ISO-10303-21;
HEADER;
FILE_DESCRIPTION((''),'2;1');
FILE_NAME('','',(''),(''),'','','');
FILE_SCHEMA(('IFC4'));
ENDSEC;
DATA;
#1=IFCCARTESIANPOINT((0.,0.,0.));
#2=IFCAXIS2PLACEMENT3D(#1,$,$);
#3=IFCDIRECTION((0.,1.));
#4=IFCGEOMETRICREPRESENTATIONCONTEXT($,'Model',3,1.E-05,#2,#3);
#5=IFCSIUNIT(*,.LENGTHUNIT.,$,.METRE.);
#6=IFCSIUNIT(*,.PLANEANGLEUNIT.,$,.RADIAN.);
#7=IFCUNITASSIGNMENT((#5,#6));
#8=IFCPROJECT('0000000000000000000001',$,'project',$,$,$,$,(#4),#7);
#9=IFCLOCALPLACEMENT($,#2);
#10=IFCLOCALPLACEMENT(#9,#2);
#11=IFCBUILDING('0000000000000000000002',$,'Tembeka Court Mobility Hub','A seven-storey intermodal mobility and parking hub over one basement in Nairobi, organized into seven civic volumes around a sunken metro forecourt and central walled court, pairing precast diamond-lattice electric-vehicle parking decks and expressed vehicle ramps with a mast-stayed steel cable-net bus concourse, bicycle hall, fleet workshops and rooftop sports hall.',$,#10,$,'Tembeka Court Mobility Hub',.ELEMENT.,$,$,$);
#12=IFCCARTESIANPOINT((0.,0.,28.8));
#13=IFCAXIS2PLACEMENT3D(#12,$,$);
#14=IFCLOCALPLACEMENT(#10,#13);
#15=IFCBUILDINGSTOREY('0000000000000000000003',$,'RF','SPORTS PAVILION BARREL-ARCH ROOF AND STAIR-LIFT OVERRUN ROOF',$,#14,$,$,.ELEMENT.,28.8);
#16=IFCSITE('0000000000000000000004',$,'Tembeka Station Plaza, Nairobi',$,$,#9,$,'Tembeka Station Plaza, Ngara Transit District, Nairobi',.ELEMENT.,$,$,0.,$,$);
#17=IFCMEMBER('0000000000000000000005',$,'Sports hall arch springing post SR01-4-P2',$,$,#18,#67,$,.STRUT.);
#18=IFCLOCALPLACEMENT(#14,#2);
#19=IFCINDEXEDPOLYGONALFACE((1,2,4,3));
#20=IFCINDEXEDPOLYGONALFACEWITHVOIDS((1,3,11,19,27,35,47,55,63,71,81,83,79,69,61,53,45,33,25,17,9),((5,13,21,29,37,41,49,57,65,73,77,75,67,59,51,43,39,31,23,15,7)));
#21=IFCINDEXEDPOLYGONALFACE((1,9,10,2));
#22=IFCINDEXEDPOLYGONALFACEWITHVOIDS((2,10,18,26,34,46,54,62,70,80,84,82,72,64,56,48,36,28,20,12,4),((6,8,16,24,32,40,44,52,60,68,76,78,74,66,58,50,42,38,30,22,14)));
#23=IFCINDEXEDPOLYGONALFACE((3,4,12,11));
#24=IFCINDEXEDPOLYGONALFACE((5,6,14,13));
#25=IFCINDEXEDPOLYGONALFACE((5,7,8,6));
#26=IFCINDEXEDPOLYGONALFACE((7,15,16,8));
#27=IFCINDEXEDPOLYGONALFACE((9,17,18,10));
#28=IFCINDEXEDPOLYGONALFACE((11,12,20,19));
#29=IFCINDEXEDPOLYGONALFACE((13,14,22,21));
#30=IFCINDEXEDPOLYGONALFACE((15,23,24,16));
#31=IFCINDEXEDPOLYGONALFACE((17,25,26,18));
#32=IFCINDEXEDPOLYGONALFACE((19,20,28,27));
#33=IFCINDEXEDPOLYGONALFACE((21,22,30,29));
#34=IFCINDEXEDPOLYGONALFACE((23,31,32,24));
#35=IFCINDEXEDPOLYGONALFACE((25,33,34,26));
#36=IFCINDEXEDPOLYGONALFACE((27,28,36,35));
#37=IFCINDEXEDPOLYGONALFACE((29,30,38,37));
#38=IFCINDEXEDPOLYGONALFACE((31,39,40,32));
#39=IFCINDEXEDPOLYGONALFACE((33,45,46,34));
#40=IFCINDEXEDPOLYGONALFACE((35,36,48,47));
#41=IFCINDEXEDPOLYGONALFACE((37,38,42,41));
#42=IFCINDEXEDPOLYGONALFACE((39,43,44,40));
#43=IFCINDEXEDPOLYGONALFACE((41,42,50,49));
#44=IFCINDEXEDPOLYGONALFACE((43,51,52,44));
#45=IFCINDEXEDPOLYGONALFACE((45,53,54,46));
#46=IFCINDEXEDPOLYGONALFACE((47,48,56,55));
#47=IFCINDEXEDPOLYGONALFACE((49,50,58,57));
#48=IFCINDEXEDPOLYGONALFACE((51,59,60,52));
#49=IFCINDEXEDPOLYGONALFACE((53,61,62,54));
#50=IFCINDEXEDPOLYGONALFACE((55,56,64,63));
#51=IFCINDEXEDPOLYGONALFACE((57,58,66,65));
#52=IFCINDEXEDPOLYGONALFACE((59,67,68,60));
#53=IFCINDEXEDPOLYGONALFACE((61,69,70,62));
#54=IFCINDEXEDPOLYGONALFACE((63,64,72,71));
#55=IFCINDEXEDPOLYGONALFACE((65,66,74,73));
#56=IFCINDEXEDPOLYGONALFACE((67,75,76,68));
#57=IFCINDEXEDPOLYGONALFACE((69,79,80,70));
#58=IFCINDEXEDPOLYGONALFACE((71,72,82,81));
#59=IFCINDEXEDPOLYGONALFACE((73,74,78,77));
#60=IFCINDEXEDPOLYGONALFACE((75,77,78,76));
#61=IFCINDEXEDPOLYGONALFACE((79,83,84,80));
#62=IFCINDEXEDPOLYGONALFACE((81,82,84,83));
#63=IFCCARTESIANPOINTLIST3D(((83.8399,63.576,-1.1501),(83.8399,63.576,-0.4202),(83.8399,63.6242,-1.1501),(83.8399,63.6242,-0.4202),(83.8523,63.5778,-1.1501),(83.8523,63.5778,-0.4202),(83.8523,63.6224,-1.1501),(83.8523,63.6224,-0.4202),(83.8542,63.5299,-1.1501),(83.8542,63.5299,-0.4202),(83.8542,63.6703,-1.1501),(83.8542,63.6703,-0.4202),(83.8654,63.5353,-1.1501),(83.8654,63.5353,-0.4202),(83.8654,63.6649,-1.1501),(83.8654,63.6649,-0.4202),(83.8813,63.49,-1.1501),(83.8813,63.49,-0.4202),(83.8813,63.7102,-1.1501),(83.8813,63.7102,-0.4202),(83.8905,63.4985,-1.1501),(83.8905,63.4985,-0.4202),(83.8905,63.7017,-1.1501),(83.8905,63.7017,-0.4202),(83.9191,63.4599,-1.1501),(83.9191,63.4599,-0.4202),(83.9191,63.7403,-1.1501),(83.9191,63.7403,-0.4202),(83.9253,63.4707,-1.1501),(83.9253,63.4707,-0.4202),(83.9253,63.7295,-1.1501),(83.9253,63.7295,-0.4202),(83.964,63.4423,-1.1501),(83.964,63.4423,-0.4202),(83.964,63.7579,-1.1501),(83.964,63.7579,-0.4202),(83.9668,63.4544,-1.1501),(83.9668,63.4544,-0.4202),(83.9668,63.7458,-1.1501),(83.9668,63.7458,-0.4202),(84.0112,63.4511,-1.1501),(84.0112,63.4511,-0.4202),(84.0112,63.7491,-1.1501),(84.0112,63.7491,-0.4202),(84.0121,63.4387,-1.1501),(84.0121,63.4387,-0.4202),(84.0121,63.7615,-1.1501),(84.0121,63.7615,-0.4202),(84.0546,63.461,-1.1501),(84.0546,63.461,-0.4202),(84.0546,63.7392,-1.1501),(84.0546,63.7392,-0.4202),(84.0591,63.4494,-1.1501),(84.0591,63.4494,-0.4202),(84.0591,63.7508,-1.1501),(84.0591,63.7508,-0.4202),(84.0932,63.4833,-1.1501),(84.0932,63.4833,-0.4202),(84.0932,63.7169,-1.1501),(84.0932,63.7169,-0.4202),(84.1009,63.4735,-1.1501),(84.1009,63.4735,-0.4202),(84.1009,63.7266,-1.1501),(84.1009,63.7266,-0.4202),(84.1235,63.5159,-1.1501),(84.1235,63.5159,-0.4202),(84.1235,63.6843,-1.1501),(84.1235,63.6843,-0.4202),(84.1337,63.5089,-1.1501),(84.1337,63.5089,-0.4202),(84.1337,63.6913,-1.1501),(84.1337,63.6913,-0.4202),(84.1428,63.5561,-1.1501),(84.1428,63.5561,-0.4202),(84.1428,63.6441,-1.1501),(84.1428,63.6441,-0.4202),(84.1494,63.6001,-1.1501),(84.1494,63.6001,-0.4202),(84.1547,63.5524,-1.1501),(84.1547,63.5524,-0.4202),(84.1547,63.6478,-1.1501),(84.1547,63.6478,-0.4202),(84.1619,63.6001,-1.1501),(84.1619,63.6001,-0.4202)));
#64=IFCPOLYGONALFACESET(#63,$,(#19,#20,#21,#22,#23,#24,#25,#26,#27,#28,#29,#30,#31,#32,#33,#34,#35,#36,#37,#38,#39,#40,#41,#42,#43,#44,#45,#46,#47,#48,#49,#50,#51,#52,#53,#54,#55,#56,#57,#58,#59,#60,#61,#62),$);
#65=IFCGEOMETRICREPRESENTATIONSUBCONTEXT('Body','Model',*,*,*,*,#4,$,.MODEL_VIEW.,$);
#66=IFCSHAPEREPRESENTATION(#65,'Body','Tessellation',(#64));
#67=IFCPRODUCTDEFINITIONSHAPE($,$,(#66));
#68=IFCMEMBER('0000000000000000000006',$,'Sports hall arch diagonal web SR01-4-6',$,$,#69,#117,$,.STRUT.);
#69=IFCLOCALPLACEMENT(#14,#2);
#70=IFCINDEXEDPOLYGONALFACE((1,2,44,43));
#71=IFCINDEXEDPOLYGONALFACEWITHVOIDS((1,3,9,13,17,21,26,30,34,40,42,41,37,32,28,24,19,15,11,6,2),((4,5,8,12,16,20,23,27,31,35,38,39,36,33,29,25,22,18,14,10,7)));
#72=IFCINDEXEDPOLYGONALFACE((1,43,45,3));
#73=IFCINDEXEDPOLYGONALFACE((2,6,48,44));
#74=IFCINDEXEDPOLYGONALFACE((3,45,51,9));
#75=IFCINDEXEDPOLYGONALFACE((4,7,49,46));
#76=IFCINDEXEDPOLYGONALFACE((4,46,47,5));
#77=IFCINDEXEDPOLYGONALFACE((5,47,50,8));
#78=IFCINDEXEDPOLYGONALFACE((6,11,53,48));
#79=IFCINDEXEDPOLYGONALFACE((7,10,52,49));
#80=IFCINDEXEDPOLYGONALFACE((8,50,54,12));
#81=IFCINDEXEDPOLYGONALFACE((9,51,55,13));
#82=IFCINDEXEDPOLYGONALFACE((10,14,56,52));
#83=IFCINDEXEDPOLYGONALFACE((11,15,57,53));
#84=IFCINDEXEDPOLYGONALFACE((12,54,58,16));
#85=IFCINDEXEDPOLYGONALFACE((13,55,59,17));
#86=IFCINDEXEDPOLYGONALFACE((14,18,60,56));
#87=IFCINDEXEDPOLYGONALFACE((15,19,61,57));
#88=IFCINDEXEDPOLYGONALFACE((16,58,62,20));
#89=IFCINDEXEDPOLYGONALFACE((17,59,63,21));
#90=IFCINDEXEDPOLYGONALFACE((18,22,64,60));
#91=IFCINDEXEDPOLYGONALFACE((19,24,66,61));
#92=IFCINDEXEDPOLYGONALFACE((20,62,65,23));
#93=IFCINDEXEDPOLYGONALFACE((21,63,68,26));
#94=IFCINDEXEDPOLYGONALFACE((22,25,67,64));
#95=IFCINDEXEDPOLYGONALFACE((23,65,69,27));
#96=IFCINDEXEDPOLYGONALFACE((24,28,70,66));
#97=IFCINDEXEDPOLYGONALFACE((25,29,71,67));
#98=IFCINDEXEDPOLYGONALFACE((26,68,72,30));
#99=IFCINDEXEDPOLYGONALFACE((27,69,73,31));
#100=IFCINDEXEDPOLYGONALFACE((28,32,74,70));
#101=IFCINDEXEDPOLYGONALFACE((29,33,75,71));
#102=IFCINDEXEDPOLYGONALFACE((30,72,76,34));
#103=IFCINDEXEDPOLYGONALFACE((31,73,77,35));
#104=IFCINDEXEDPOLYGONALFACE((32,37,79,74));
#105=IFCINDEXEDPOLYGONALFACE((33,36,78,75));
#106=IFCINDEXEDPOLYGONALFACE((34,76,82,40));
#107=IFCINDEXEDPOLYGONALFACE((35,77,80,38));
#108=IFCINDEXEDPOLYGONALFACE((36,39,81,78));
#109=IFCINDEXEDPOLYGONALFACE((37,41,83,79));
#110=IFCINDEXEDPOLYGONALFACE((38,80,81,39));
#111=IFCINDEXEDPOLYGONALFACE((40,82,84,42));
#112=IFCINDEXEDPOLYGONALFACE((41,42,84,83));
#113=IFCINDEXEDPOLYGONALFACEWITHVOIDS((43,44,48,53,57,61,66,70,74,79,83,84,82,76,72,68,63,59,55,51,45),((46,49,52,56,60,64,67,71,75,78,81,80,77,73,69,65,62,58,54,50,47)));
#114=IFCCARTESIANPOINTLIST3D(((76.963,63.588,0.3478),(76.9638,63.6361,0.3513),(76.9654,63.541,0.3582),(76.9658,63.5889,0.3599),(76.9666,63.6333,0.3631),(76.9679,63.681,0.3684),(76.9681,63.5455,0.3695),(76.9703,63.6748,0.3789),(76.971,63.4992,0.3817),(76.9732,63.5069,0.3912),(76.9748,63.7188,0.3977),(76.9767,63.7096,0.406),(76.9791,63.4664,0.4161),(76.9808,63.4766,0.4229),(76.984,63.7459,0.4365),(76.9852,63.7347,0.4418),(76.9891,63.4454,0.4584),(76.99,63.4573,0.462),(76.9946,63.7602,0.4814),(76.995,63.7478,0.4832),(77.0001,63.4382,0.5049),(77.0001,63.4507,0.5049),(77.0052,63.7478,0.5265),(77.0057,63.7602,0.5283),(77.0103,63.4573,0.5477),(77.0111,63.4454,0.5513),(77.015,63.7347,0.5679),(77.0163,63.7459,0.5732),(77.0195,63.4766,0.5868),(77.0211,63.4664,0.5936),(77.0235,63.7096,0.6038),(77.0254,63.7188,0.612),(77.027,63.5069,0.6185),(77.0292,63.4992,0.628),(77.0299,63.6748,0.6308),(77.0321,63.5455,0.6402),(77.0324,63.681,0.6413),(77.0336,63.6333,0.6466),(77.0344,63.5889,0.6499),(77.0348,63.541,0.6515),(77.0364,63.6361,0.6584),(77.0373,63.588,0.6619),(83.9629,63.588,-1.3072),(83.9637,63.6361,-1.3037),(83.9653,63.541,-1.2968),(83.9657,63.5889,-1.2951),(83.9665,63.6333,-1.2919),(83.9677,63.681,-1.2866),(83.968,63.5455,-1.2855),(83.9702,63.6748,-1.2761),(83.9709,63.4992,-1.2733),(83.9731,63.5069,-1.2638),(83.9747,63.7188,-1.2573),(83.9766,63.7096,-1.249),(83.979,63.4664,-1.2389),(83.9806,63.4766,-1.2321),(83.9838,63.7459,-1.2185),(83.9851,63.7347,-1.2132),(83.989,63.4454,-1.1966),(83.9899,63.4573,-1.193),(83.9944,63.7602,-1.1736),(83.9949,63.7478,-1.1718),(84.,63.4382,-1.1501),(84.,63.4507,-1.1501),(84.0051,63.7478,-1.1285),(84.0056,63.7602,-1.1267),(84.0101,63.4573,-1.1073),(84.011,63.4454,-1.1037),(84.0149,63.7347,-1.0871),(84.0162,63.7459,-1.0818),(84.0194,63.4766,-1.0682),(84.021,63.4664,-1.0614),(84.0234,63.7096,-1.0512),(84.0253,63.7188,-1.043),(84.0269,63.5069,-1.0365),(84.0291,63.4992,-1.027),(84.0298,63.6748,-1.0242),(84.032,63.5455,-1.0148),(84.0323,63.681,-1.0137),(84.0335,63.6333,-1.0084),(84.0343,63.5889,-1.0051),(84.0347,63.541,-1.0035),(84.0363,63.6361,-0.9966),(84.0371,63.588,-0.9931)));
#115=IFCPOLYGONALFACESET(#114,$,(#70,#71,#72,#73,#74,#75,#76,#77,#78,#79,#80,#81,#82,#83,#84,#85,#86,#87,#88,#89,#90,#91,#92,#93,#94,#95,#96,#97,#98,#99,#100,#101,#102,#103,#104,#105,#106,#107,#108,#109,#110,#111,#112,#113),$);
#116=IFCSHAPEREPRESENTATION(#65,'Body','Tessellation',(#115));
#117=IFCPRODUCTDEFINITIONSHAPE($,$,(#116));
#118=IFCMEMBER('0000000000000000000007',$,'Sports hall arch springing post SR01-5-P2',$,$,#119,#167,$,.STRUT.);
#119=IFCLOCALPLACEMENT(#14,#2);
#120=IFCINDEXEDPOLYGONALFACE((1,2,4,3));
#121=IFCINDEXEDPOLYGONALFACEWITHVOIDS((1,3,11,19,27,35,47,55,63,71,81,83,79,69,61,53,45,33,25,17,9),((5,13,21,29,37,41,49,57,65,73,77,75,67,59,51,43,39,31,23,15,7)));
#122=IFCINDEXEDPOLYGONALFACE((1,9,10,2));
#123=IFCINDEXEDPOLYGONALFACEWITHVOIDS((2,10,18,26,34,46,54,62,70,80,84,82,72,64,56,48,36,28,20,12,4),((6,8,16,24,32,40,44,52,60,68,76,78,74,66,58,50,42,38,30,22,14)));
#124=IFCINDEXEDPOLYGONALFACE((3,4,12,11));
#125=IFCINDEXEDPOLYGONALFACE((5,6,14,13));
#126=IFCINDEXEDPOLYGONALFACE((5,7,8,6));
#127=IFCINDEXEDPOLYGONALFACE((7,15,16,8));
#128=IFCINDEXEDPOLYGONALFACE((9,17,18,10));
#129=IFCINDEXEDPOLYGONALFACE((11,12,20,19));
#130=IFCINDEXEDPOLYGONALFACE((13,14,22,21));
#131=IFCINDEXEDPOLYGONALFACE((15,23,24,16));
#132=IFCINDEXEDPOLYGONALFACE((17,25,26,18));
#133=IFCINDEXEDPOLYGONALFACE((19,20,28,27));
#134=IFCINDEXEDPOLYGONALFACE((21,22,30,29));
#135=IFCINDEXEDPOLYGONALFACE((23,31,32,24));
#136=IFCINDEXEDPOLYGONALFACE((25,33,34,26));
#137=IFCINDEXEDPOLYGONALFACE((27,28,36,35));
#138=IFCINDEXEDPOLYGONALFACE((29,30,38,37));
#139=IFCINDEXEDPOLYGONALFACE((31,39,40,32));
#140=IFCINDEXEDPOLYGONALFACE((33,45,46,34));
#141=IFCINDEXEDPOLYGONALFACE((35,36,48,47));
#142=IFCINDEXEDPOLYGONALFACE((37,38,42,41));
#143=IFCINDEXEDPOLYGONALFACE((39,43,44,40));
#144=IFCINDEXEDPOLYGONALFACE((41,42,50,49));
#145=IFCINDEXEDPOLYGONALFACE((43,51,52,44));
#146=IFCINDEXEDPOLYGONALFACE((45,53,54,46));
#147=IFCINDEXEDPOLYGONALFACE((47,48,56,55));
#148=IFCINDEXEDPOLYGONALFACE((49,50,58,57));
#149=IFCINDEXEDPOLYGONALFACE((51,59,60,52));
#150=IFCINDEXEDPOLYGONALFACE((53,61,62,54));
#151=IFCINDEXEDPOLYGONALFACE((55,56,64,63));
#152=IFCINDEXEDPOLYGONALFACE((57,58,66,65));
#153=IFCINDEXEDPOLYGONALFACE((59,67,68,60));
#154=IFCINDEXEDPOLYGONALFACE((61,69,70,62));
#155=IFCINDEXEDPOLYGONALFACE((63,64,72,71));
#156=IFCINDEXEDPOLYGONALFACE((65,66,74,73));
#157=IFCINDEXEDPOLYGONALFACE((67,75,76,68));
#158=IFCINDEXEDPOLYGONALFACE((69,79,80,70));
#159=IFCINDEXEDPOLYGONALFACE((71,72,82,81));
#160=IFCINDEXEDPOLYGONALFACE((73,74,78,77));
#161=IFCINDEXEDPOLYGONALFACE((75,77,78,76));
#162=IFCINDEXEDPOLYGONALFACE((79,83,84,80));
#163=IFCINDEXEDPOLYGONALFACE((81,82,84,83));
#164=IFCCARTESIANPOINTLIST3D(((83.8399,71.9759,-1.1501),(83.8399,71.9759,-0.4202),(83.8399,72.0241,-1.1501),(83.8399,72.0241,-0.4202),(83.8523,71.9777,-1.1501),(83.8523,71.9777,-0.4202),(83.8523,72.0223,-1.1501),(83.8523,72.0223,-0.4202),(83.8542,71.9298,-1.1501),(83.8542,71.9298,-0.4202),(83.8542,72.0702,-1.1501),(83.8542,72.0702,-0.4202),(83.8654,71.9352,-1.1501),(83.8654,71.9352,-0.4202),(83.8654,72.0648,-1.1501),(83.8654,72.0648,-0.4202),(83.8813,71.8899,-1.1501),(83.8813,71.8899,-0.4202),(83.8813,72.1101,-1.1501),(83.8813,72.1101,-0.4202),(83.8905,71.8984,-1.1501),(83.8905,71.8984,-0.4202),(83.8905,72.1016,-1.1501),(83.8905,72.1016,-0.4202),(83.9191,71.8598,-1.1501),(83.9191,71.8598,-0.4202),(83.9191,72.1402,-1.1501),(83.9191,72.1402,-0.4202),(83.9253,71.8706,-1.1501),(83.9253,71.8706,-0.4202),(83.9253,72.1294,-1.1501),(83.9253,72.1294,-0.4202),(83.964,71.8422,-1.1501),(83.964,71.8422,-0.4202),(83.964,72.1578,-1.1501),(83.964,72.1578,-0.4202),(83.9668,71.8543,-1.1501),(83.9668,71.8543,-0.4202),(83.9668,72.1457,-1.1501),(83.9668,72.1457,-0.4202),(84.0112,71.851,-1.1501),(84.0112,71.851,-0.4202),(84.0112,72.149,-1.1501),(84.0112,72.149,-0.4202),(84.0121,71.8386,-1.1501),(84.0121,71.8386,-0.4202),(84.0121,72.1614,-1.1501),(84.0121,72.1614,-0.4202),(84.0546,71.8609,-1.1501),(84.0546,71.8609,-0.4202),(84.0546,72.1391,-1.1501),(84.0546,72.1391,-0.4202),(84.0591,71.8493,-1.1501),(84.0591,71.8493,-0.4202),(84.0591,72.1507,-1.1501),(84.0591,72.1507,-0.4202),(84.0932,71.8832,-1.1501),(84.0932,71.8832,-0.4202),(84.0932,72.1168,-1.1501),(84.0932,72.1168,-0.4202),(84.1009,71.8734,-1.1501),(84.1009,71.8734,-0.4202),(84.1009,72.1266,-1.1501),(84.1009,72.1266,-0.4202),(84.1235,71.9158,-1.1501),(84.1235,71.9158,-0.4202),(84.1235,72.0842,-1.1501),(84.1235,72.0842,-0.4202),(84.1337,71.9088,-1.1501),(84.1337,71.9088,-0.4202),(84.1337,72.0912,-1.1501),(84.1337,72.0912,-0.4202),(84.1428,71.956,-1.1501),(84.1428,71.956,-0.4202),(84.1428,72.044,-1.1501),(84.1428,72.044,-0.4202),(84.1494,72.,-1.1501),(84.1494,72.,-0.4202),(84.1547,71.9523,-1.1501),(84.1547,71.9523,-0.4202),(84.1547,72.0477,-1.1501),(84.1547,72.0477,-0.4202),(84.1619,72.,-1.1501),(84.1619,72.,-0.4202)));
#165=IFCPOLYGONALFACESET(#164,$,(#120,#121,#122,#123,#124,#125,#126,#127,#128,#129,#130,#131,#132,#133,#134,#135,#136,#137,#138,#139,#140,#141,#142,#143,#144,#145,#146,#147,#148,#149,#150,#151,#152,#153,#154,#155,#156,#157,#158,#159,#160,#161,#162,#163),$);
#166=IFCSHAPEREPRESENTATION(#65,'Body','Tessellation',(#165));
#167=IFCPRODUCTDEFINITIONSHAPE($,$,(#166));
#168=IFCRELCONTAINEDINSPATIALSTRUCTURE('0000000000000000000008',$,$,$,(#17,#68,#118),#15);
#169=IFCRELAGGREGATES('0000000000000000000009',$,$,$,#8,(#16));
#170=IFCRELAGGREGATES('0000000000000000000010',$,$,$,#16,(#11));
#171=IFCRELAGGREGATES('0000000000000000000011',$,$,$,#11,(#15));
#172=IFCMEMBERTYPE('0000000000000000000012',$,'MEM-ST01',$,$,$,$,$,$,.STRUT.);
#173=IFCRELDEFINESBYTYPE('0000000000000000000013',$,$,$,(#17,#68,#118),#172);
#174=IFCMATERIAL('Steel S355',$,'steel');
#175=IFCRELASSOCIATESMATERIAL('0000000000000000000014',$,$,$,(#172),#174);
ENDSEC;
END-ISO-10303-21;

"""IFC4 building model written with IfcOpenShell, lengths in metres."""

from ifc_helpers import new_model, si_unit, direction, frame, origin, origin_2d, place, context, subcontext, project, spatial, hollow_circle, extrude, material, material_profile, profile_set, type_object, element, save


model = new_model("IFC4")

# Units and contexts
model_context = context("Model", 3, precision=1e-05, world=origin(), true_north=direction((0.0, 1.0)))
body_context = subcontext(model_context, "Body", "Model", "MODEL_VIEW")
ifc_project = project(units=[si_unit("LENGTHUNIT", "METRE"), si_unit("PLANEANGLEUNIT", "RADIAN")], contexts=[model_context])

# Site, building, storey
site_placement = place(None, origin())
site = spatial("IfcSite", under=ifc_project, at=site_placement, Name="Tembeka Station Plaza, Nairobi", LongName="Tembeka Station Plaza, Ngara Transit District, Nairobi", CompositionType="ELEMENT", RefElevation=0.0)
building_placement = place(site_placement, origin())
building = spatial("IfcBuilding", under=site, at=building_placement, Name="Tembeka Court Mobility Hub", Description="A seven-storey intermodal mobility and parking hub over one basement in Nairobi, organized into seven civic volumes around a sunken metro forecourt and central walled court, pairing precast diamond-lattice electric-vehicle parking decks and expressed vehicle ramps with a mast-stayed steel cable-net bus concourse, bicycle hall, fleet workshops and rooftop sports hall.", LongName="Tembeka Court Mobility Hub", CompositionType="ELEMENT")
storey_placement = place(building_placement, frame((0.0, 0.0, 28.8)))
storey = spatial("IfcBuildingStorey", under=building, at=storey_placement, Name="RF", Description="SPORTS PAVILION BARREL-ARCH ROOF AND STAIR-LIFT OVERRUN ROOF", CompositionType="ELEMENT", Elevation=28.8)

# Shared definitions
ifc_material_1 = material(Name="Steel S355", Category="steel")

# Members
ifc_material_profile_1 = material_profile(ifc_material_1, hollow_circle(Radius=0.1619, WallThickness=0.0125, at=origin_2d()), Name="CHS 323.9x12.5")
ifc_profile_set_1 = profile_set([ifc_material_profile_1], Name="Steel S355")
member_type = type_object("IfcMemberType", Name="MEM-ST01", PredefinedType="STRUT", material=ifc_profile_set_1)
member_1_placement = place(storey_placement, frame((84.0, 63.6001, -1.1501), z_axis=(0.0, 0.0, 1.0), x_axis=(1.0, 0.0, 0.0)))
element("IfcMember", 1, at=member_1_placement, inside=storey, type_object=member_type, Name="Sports hall arch springing post SR01-4-P2", PredefinedType="STRUT", context=body_context, shape_type="SweptSolid", body=[
    extrude(hollow_circle(Radius=0.1619, WallThickness=0.0125, at=origin_2d()), origin(), (0.0, 0.0, 1.0), 0.73),
])
member_2_placement = place(storey_placement, frame((84.0, 63.6001, -1.1501), z_axis=(-0.97317, 0.0, 0.230089), x_axis=(0.0, -1.0, 0.0)))
element("IfcMember", 2, at=member_2_placement, inside=storey, type_object=member_type, Name="Sports hall arch diagonal web SR01-4-6", PredefinedType="STRUT", context=body_context, shape_type="SweptSolid", body=[
    extrude(hollow_circle(Radius=0.1619, WallThickness=0.0125, at=origin_2d()), origin(), (0.0, 0.0, 1.0), 7.1929),
])
member_3_placement = place(storey_placement, frame((84.0, 72.0, -1.1501), z_axis=(0.0, 0.0, 1.0), x_axis=(1.0, 0.0, 0.0)))
element("IfcMember", 3, at=member_3_placement, inside=storey, type_object=member_type, Name="Sports hall arch springing post SR01-5-P2", PredefinedType="STRUT", context=body_context, shape_type="SweptSolid", body=[
    extrude(hollow_circle(Radius=0.1619, WallThickness=0.0125, at=origin_2d()), origin(), (0.0, 0.0, 1.0), 0.73),
])

save(model, "model.ifc")
